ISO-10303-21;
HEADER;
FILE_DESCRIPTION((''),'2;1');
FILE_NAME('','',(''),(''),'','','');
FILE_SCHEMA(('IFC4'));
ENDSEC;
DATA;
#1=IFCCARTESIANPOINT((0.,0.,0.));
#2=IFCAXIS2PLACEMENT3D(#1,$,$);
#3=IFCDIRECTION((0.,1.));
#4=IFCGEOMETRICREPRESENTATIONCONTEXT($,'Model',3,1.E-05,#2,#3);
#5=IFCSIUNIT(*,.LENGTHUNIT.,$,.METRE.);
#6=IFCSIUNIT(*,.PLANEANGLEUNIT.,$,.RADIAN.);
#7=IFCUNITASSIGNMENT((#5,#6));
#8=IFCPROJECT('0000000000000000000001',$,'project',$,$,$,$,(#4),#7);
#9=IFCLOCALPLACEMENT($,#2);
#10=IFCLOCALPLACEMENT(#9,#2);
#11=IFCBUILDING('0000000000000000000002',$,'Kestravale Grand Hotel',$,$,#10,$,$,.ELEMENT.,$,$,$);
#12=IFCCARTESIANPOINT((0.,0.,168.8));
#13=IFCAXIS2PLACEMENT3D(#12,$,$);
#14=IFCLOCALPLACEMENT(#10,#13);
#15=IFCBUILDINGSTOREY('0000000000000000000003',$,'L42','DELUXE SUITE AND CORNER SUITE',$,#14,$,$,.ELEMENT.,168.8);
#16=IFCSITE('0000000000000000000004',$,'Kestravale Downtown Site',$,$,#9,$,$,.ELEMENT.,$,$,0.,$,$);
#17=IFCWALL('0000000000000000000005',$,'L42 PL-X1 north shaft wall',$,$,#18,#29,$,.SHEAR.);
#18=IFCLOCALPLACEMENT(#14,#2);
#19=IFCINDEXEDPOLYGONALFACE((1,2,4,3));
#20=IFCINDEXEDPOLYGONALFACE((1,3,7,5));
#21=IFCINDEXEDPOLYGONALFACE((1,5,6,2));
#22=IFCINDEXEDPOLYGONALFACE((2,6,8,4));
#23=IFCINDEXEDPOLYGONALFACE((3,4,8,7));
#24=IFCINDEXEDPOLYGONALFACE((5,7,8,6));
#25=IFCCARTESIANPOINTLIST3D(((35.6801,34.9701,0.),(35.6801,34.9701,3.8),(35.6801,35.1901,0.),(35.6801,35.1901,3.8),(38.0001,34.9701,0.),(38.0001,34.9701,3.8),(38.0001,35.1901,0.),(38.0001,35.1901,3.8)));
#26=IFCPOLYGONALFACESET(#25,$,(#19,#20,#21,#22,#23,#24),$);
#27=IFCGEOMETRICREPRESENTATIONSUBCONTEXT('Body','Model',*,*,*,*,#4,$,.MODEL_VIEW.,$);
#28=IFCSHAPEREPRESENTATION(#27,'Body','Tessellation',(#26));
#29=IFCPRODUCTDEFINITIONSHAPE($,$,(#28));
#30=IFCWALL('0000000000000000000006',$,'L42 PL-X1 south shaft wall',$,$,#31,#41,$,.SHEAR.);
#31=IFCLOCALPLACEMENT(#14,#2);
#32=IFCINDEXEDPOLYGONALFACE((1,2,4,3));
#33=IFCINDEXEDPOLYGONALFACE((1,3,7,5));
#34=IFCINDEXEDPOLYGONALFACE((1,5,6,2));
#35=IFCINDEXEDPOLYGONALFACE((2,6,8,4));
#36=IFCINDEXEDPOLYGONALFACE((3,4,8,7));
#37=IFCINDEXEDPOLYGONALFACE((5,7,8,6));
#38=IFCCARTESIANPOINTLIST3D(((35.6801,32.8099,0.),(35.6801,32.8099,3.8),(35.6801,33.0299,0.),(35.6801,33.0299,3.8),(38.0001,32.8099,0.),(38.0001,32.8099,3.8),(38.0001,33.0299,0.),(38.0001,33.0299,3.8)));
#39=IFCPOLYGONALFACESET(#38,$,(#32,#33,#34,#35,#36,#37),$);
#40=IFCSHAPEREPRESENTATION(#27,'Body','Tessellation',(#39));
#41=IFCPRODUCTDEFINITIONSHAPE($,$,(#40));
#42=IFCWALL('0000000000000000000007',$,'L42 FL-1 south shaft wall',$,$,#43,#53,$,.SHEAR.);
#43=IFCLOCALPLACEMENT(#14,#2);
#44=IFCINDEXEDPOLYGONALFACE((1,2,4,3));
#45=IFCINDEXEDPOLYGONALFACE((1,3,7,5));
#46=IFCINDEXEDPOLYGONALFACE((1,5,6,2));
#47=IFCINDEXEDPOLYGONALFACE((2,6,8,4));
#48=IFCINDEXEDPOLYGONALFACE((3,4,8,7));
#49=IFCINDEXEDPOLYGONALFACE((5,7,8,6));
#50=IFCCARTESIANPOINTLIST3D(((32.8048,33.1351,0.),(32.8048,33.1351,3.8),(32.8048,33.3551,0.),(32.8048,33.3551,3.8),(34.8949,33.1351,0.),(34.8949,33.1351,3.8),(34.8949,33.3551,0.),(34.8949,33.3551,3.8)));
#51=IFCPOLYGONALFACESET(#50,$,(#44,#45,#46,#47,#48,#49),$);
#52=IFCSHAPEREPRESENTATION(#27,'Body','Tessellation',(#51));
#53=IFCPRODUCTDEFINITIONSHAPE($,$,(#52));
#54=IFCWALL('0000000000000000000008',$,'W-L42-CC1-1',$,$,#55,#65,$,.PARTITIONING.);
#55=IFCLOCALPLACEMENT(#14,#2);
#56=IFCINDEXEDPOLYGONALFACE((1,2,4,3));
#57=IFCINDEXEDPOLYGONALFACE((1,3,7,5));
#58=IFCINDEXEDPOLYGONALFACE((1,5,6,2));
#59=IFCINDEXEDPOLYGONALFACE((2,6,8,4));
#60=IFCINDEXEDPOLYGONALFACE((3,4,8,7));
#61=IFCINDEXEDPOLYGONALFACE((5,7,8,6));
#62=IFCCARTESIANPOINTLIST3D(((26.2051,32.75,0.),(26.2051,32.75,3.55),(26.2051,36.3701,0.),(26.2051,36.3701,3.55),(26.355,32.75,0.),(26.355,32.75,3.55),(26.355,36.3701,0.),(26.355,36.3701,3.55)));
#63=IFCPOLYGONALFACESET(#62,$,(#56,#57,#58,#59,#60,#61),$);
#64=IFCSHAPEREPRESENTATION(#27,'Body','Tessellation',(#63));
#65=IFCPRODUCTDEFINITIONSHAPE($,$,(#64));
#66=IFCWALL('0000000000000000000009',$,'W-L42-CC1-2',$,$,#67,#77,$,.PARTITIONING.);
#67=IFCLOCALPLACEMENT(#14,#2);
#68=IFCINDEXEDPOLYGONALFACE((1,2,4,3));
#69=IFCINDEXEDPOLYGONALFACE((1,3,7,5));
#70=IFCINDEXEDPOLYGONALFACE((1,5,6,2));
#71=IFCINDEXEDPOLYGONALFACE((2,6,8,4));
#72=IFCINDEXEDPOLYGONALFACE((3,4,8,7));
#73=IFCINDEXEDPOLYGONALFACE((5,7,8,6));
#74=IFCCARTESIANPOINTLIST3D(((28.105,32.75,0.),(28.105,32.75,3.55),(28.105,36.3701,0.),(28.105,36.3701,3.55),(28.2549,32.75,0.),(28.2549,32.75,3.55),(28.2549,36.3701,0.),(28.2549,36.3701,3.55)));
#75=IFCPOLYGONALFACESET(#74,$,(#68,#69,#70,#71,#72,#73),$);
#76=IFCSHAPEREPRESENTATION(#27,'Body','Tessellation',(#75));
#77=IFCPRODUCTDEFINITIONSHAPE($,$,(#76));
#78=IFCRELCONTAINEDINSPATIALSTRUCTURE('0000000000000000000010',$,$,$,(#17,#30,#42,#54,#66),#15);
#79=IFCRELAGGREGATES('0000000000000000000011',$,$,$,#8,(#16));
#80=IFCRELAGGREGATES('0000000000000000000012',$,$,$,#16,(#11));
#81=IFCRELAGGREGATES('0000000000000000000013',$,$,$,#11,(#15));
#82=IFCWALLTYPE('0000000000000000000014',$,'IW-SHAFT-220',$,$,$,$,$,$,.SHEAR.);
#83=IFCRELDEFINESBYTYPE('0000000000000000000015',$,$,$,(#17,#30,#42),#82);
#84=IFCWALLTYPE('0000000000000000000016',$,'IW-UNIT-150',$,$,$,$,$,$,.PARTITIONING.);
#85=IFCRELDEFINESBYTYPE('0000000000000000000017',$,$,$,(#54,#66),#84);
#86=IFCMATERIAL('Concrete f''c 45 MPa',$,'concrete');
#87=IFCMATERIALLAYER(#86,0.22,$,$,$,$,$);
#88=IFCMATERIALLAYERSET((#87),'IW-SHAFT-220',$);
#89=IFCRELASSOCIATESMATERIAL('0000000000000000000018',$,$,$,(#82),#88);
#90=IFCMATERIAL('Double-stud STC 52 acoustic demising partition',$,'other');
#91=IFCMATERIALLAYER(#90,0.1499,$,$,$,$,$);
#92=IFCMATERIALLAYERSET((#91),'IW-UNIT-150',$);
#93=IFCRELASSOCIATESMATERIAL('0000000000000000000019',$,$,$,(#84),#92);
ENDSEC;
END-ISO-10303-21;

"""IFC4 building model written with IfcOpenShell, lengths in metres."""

from ifc_helpers import new_model, si_unit, direction, frame, frame_2d, origin, place, context, subcontext, project, spatial, rectangle, extrude, material, layer, layer_set, type_object, element, save


model = new_model("IFC4")

# Units and contexts
model_context = context("Model", 3, precision=1e-05, world=origin(), true_north=direction((0.0, 1.0)))
body_context = subcontext(model_context, "Body", "Model", "MODEL_VIEW")
ifc_project = project(units=[si_unit("LENGTHUNIT", "METRE"), si_unit("PLANEANGLEUNIT", "RADIAN")], contexts=[model_context])

# Site, building, storey
site_placement = place(None, origin())
site = spatial("IfcSite", under=ifc_project, at=site_placement, Name="Kestravale Downtown Site", CompositionType="ELEMENT", RefElevation=0.0)
building_placement = place(site_placement, origin())
building = spatial("IfcBuilding", under=site, at=building_placement, Name="Kestravale Grand Hotel", CompositionType="ELEMENT")
storey_placement = place(building_placement, frame((0.0, 0.0, 168.8)))
storey = spatial("IfcBuildingStorey", under=building, at=storey_placement, Name="L42", Description="DELUXE SUITE AND CORNER SUITE", CompositionType="ELEMENT", Elevation=168.8)

# Walls
ifc_material_1 = material(Name="Concrete f'c 45 MPa", Category="concrete")
ifc_layer_1 = layer(ifc_material_1, 0.22)
ifc_layer_set_1 = layer_set([ifc_layer_1], Name="IW-SHAFT-220")
wall_type_1 = type_object("IfcWallType", Name="IW-SHAFT-220", PredefinedType="SHEAR", material=ifc_layer_set_1)
for number, where, z_axis, x_axis, name in (
    (1, (35.6799, 35.0801, 0.0), (0.0, 0.0, 1.0), (1.0, 0.0, 0.0), "L42 PL-X1 north shaft wall"),
    (2, (35.6799, 32.9199, 0.0), (0.0, 0.0, 1.0), (1.0, 0.0, 0.0), "L42 PL-X1 south shaft wall"),
):
    element("IfcWall", number, at=place(storey_placement, frame(where, z_axis=z_axis, x_axis=x_axis)), inside=storey, type_object=wall_type_1, Name=name, PredefinedType="SHEAR", context=body_context, shape_type="SweptSolid", body=[
        extrude(rectangle(XDim=2.3201, YDim=0.22, at=frame_2d((1.1602, 0.0))), origin(), (0.0, 0.0, 1.0), 3.8),
    ])
wall_1_placement = place(storey_placement, frame((32.8049, 33.2451, 0.0), z_axis=(0.0, 0.0, 1.0), x_axis=(1.0, 0.0, 0.0)))
element("IfcWall", 3, at=wall_1_placement, inside=storey, type_object=wall_type_1, Name="L42 FL-1 south shaft wall", PredefinedType="SHEAR", context=body_context, shape_type="SweptSolid", body=[
    extrude(rectangle(XDim=2.0901, YDim=0.22, at=frame_2d((1.0449, 0.0))), origin(), (0.0, 0.0, 1.0), 3.8),
])
ifc_material_2 = material(Name="Double-stud STC 52 acoustic demising partition", Category="other")
ifc_layer_2 = layer(ifc_material_2, 0.1499)
ifc_layer_set_2 = layer_set([ifc_layer_2], Name="IW-UNIT-150")
wall_type_2 = type_object("IfcWallType", Name="IW-UNIT-150", PredefinedType="PARTITIONING", material=ifc_layer_set_2)
for number, where, z_axis, x_axis, name in (
    (4, (26.28, 32.75, 0.0), (0.0, 0.0, 1.0), (0.0, 1.0, 0.0), "W-L42-CC1-1"),
    (5, (28.1799, 32.75, 0.0), (0.0, 0.0, 1.0), (0.0, 1.0, 0.0), "W-L42-CC1-2"),
):
    element("IfcWall", number, at=place(storey_placement, frame(where, z_axis=z_axis, x_axis=x_axis)), inside=storey, type_object=wall_type_2, Name=name, PredefinedType="PARTITIONING", context=body_context, shape_type="SweptSolid", body=[
        extrude(rectangle(XDim=3.6201, YDim=0.1499, at=frame_2d((1.8101, 0.0))), origin(), (0.0, 0.0, 1.0), 3.55),
    ])

save(model, "model.ifc")
